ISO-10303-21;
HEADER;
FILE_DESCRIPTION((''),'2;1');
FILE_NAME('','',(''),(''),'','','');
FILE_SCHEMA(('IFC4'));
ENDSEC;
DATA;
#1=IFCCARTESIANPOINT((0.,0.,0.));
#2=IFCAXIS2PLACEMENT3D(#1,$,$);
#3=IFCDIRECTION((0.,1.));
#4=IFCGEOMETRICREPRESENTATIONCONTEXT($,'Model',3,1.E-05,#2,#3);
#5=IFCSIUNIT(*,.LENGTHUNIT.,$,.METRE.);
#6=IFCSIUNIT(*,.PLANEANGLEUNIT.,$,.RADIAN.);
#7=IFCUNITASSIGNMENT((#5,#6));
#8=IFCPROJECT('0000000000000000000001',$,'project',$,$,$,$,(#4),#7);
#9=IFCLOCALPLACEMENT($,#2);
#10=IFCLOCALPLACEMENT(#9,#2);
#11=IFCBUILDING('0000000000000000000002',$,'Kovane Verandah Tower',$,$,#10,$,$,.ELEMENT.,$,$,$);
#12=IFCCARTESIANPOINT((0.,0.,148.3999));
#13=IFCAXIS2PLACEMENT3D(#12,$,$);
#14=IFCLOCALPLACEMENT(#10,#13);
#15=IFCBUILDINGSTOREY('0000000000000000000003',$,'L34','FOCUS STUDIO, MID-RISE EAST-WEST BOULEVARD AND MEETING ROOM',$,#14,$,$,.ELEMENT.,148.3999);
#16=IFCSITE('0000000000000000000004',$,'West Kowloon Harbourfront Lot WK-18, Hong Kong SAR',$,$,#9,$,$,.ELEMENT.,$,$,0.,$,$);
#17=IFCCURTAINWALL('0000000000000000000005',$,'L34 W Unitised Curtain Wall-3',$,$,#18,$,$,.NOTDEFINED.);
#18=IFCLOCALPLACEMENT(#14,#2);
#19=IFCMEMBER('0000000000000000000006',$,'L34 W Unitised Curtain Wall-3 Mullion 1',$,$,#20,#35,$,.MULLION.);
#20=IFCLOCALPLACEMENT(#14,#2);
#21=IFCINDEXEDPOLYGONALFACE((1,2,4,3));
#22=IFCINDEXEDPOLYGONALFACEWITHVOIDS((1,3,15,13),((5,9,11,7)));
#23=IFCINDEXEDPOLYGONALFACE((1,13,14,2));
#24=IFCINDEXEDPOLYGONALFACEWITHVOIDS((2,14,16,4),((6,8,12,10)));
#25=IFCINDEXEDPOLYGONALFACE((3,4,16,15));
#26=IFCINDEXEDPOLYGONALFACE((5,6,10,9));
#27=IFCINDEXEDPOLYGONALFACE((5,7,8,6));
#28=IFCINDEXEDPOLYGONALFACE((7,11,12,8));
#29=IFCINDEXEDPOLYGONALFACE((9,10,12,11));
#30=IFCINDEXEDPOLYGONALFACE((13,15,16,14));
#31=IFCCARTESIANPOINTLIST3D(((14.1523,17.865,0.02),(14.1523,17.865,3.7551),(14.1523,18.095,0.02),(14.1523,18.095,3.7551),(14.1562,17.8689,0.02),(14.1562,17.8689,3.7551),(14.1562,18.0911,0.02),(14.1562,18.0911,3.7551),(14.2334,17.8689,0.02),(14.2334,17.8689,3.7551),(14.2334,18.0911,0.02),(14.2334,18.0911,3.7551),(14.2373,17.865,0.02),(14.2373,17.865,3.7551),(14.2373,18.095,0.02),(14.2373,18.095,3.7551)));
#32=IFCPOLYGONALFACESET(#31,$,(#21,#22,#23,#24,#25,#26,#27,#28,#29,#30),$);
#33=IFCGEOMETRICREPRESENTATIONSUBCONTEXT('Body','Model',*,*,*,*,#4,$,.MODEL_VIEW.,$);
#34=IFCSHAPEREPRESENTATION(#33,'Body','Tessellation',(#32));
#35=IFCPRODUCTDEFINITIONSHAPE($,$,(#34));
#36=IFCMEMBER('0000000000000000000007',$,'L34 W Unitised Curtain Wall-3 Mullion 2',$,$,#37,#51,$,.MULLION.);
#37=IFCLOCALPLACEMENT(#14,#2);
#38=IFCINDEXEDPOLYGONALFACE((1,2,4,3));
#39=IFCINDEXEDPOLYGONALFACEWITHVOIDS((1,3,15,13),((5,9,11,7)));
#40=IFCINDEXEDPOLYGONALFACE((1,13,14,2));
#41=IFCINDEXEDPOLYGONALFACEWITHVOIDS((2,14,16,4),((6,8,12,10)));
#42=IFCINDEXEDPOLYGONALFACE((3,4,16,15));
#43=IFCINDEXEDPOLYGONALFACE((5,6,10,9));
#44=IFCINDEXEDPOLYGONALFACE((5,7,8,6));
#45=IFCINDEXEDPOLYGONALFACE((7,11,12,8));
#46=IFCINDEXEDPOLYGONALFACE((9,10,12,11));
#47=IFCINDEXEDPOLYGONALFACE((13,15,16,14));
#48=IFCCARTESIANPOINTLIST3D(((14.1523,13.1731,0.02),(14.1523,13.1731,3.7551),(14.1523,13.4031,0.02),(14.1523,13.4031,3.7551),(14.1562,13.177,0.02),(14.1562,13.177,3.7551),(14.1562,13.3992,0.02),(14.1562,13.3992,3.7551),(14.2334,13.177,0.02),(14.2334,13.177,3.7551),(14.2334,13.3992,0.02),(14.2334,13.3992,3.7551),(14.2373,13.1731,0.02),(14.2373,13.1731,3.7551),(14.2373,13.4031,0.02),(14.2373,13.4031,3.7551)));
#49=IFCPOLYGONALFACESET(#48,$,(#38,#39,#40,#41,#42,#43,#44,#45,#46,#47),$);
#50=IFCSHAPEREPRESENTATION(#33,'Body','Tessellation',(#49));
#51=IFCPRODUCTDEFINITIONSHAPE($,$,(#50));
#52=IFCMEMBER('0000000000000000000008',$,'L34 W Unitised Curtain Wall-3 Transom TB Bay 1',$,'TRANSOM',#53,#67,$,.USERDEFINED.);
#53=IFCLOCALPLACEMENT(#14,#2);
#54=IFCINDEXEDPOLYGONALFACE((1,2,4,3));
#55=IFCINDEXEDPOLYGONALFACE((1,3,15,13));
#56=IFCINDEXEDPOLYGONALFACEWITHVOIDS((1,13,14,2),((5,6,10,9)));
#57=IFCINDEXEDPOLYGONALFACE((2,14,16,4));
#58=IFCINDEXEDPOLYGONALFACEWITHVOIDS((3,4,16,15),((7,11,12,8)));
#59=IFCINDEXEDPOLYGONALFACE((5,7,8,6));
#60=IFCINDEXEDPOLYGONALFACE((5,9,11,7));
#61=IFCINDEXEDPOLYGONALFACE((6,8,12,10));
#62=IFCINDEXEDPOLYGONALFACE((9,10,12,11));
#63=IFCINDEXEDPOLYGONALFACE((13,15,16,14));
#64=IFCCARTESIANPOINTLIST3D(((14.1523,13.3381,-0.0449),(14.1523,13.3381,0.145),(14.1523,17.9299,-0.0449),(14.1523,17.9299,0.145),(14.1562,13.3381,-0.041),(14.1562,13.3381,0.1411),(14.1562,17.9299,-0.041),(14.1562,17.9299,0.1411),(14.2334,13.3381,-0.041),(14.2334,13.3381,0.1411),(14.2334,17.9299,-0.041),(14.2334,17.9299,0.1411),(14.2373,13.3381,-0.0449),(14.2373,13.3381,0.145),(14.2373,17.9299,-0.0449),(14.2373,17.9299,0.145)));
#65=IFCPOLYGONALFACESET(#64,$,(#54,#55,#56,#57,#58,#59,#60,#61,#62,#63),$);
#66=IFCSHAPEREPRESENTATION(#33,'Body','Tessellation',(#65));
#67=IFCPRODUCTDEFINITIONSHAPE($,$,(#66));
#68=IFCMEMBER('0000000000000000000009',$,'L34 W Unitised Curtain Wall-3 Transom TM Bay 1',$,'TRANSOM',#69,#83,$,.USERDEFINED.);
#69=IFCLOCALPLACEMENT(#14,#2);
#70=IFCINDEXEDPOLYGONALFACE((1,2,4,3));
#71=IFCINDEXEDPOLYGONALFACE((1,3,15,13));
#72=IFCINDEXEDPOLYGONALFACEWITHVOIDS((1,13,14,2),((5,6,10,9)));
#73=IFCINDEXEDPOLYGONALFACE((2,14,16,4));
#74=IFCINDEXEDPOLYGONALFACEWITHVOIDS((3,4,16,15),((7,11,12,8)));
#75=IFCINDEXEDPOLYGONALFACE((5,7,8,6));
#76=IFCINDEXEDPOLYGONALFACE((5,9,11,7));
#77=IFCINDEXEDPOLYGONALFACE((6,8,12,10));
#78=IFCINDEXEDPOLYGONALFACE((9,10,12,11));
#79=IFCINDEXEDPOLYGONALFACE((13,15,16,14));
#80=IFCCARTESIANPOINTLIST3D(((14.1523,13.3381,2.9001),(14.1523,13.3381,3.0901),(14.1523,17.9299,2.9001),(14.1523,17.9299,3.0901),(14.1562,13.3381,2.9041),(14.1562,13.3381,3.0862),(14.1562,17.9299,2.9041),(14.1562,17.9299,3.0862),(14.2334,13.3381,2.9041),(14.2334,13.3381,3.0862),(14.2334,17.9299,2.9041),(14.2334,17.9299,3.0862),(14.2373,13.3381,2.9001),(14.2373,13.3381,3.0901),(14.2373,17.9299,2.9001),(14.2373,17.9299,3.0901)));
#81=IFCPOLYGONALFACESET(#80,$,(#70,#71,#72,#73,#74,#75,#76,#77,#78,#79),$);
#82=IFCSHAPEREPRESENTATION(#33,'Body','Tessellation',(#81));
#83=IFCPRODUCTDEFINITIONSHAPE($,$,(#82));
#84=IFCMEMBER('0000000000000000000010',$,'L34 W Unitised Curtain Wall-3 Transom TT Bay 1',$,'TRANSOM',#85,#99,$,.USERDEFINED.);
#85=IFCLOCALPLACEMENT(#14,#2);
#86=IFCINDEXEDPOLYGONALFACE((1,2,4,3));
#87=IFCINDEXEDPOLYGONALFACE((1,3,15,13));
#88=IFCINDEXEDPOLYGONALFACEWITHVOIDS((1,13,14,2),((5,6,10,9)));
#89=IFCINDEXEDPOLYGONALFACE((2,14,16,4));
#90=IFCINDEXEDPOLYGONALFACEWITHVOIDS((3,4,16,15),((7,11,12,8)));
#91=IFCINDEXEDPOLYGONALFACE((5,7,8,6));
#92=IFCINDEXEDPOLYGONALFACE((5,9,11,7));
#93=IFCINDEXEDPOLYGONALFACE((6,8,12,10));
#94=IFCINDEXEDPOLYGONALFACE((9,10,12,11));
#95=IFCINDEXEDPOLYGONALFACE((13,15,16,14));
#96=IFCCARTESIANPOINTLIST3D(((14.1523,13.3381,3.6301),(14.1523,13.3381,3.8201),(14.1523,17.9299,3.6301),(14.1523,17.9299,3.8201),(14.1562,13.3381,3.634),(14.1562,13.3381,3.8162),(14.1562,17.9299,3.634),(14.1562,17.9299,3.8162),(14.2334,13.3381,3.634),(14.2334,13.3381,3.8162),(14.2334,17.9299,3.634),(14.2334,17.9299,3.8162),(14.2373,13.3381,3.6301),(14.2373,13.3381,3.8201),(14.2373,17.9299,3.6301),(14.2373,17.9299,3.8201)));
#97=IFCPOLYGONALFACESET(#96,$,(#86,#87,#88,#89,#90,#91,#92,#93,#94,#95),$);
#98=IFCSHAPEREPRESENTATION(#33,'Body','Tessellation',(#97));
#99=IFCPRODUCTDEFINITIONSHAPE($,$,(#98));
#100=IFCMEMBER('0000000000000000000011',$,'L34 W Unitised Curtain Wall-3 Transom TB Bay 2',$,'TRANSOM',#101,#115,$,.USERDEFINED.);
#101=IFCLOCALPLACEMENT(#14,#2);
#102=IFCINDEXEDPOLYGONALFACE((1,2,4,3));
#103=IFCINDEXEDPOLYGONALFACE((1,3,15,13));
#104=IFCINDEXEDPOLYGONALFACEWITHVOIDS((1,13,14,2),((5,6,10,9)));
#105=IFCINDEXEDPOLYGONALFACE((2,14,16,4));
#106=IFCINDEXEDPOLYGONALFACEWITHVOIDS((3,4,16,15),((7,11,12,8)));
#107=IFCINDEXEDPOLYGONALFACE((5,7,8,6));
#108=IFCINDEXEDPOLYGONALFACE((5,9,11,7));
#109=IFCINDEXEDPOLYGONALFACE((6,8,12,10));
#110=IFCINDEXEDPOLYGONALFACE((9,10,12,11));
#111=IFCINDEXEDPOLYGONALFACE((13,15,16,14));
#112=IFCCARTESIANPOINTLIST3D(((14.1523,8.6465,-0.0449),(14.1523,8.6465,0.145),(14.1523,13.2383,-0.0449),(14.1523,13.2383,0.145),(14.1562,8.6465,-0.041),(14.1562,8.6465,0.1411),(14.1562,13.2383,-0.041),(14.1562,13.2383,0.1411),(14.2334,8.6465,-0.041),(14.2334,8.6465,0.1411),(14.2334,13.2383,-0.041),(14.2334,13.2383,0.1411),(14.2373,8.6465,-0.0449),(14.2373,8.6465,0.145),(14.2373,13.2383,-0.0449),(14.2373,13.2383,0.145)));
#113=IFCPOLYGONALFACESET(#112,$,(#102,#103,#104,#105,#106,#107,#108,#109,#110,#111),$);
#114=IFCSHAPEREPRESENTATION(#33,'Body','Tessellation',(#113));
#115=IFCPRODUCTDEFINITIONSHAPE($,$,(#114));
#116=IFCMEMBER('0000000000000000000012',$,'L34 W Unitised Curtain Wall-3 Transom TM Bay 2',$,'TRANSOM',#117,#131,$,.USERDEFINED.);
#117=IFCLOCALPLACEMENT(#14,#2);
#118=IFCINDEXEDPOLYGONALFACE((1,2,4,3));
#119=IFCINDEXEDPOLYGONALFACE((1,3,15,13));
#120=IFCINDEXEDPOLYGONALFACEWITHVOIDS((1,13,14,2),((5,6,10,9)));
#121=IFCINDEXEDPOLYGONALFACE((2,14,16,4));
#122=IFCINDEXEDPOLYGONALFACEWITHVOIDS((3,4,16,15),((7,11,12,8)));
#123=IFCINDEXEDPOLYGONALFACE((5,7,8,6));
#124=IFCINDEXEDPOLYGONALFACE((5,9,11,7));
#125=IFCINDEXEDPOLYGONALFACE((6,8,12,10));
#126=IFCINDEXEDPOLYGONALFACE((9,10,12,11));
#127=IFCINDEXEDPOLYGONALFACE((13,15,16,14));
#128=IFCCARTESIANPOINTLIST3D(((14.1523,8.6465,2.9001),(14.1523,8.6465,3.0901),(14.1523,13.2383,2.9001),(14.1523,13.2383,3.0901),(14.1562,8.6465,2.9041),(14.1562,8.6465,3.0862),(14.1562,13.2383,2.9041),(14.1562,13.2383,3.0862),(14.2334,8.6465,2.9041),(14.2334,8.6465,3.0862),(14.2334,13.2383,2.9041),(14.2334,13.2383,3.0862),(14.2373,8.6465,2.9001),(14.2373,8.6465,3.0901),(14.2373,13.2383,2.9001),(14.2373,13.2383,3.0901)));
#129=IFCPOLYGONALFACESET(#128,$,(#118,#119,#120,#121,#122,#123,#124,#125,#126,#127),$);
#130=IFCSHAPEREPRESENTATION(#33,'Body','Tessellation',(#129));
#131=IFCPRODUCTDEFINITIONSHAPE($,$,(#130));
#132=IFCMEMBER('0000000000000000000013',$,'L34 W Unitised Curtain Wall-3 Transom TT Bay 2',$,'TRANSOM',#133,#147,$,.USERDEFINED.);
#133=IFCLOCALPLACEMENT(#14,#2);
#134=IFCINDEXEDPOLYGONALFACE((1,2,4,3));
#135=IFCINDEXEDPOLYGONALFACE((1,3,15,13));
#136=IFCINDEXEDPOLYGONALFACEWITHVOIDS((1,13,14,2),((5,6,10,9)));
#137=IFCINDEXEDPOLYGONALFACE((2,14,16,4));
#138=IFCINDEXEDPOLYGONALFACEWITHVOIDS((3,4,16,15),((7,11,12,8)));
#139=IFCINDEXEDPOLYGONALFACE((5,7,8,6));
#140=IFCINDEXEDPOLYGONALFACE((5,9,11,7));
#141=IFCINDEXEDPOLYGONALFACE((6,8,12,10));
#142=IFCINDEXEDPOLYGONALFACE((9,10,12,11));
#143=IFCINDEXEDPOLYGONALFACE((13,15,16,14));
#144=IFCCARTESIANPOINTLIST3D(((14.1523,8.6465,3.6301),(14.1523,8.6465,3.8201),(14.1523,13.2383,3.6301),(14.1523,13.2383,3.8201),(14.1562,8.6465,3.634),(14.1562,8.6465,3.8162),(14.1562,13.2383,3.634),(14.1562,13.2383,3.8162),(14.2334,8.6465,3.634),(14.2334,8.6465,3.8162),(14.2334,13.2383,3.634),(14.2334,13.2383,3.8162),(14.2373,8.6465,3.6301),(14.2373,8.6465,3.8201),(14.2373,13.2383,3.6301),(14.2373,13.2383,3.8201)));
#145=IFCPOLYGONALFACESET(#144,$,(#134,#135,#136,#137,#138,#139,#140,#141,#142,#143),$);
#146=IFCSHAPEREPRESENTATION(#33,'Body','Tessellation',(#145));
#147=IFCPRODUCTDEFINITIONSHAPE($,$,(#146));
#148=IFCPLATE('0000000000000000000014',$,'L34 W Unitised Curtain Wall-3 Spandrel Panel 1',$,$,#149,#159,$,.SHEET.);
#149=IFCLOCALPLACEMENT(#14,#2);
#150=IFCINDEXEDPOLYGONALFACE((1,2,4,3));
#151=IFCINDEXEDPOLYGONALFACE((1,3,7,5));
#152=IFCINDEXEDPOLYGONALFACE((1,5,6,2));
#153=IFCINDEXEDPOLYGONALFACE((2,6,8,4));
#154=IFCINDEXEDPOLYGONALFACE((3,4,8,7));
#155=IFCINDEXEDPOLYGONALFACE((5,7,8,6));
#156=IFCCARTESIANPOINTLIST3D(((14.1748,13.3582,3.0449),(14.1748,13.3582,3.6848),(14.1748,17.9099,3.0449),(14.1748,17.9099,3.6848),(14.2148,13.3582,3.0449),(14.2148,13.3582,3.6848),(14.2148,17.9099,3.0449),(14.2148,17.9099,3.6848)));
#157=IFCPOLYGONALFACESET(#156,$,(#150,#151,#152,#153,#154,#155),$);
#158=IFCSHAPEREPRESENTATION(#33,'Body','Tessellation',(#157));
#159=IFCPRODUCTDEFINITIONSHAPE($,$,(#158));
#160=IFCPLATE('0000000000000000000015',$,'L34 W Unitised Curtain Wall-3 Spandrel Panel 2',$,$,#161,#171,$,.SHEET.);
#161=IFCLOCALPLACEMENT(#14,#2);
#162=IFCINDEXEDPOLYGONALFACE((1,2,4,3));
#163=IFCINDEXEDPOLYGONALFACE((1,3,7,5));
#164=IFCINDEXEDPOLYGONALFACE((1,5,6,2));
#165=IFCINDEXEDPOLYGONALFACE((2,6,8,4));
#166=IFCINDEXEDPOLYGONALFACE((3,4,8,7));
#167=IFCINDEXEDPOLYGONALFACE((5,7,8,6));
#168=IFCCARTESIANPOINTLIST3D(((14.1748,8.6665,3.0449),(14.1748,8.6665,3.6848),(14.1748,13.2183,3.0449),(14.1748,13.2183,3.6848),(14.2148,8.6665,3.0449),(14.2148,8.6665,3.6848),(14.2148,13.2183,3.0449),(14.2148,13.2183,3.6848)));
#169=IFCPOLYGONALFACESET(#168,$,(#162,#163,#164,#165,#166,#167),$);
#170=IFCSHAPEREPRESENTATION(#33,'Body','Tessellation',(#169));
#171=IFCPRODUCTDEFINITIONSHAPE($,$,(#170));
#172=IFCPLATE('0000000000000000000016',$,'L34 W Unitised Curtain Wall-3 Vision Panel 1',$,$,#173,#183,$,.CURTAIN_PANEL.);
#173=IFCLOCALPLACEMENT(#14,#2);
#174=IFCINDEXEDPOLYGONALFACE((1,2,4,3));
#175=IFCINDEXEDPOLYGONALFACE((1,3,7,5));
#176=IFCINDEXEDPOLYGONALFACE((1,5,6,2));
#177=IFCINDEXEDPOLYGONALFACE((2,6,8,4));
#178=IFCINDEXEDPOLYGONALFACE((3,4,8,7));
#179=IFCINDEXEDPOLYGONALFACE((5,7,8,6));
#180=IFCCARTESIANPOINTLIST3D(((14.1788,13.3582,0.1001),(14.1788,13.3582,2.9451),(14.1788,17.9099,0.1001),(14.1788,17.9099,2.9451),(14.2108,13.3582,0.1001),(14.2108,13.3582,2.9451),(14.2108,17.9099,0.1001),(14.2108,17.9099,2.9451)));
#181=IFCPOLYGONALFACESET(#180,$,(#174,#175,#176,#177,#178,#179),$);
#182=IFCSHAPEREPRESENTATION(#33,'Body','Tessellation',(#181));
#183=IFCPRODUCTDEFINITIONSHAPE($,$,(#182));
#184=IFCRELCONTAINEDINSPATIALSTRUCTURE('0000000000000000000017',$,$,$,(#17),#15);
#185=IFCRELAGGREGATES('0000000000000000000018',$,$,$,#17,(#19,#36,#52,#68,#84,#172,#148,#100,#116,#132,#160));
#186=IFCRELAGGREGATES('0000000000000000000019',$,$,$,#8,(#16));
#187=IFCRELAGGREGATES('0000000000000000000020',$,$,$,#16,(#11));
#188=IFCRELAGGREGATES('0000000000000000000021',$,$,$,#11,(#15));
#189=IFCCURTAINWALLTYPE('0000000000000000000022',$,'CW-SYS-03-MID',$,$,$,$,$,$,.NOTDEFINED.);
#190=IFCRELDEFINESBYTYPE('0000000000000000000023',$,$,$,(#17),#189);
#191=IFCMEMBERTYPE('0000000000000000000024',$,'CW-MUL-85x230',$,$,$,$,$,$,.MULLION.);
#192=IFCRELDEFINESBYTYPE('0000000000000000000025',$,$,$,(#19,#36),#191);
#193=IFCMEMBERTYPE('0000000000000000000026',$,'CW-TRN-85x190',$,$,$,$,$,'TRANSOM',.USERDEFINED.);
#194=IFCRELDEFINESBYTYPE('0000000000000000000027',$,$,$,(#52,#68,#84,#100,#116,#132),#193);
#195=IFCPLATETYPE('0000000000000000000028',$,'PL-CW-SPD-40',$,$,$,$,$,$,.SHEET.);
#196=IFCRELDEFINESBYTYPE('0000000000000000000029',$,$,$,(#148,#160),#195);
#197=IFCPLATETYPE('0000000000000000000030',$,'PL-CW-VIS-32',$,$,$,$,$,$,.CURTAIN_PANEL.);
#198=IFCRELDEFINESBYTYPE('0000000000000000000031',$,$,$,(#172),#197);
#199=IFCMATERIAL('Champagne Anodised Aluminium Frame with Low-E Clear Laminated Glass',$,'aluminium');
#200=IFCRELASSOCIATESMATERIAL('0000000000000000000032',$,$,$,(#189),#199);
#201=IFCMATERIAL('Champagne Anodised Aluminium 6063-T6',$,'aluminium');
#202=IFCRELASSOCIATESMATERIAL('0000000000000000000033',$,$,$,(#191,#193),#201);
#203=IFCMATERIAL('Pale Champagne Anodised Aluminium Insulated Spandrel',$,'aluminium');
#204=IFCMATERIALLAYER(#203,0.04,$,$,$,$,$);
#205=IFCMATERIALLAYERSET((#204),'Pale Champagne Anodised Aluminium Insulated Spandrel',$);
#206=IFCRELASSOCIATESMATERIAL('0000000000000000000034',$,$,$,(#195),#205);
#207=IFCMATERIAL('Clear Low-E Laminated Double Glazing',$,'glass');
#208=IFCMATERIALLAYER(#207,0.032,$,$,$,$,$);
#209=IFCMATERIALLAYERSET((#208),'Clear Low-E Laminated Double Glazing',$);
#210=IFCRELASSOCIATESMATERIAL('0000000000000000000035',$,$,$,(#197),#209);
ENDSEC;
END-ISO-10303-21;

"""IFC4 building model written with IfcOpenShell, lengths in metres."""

from ifc_helpers import new_model, si_unit, direction, frame, origin, origin_2d, place, context, subcontext, project, spatial, rectangle, hollow_rectangle, extrude, material, layer, layer_set, material_profile, profile_set, type_object, element, aggregate, save


model = new_model("IFC4")

# Units and contexts
model_context = context("Model", 3, precision=1e-05, world=origin(), true_north=direction((0.0, 1.0)))
body_context = subcontext(model_context, "Body", "Model", "MODEL_VIEW")
ifc_project = project(units=[si_unit("LENGTHUNIT", "METRE"), si_unit("PLANEANGLEUNIT", "RADIAN")], contexts=[model_context])

# Site, building, storey
site_placement = place(None, origin())
site = spatial("IfcSite", under=ifc_project, at=site_placement, Name="West Kowloon Harbourfront Lot WK-18, Hong Kong SAR", CompositionType="ELEMENT", RefElevation=0.0)
building_placement = place(site_placement, origin())
building = spatial("IfcBuilding", under=site, at=building_placement, Name="Kovane Verandah Tower", CompositionType="ELEMENT")
storey_placement = place(building_placement, frame((0.0, 0.0, 148.3999)))
storey = spatial("IfcBuildingStorey", under=building, at=storey_placement, Name="L34", Description="FOCUS STUDIO, MID-RISE EAST-WEST BOULEVARD AND MEETING ROOM", CompositionType="ELEMENT", Elevation=148.3999)

# Shared definitions
ifc_material_1 = material(Name="Champagne Anodised Aluminium Frame with Low-E Clear Laminated Glass", Category="aluminium")
curtain_wall_type = type_object("IfcCurtainWallType", Name="CW-SYS-03-MID", PredefinedType="NOTDEFINED", material=ifc_material_1)
ifc_material_2 = material(Name="Champagne Anodised Aluminium 6063-T6", Category="aluminium")
ifc_material_profile_1 = material_profile(ifc_material_2, hollow_rectangle(XDim=0.085, YDim=0.23, WallThickness=0.0039, at=origin_2d()), Name="AL85x230x4")
ifc_profile_set_1 = profile_set([ifc_material_profile_1], Name="Champagne Anodised Aluminium 6063-T6")
member_type_1 = type_object("IfcMemberType", Name="CW-MUL-85x230", PredefinedType="MULLION", material=ifc_profile_set_1)

# Curtain wall, members, plates
curtain_wall_1_placement = place(storey_placement, origin())
curtain_wall_1 = element("IfcCurtainWall", 1, at=curtain_wall_1_placement, inside=storey, type_object=curtain_wall_type, Name="L34 W Unitised Curtain Wall-3", PredefinedType="NOTDEFINED")
member_1_placement = place(storey_placement, frame((14.1948, 17.98, 0.02), z_axis=(0.0, 0.0, 1.0), x_axis=(-1.0, 0.0, 0.0)))
member_1 = element("IfcMember", 2, at=member_1_placement, type_object=member_type_1, Name="L34 W Unitised Curtain Wall-3 Mullion 1", PredefinedType="MULLION", context=body_context, shape_type="SweptSolid", body=[
    extrude(hollow_rectangle(XDim=0.085, YDim=0.23, WallThickness=0.0039, at=origin_2d()), origin(), (0.0, 0.0, 1.0), 3.7351),
])
member_2_placement = place(storey_placement, frame((14.1948, 13.2881, 0.02), z_axis=(0.0, 0.0, 1.0), x_axis=(-1.0, 0.0, 0.0)))
member_2 = element("IfcMember", 3, at=member_2_placement, type_object=member_type_1, Name="L34 W Unitised Curtain Wall-3 Mullion 2", PredefinedType="MULLION", context=body_context, shape_type="SweptSolid", body=[
    extrude(hollow_rectangle(XDim=0.085, YDim=0.23, WallThickness=0.0039, at=origin_2d()), origin(), (0.0, 0.0, 1.0), 3.7351),
])
ifc_material_profile_2 = material_profile(ifc_material_2, hollow_rectangle(XDim=0.085, YDim=0.1899, WallThickness=0.0039, at=origin_2d()), Name="AL85x190x4")
ifc_profile_set_2 = profile_set([ifc_material_profile_2], Name="Champagne Anodised Aluminium 6063-T6")
member_type_2 = type_object("IfcMemberType", Name="CW-TRN-85x190", ElementType="TRANSOM", PredefinedType="USERDEFINED", material=ifc_profile_set_2)
member_3_placement = place(storey_placement, frame((14.1948, 17.9299, 0.05), z_axis=(0.0, -1.0, 0.0), x_axis=(1.0, 0.0, 0.0)))
member_3 = element("IfcMember", 4, at=member_3_placement, type_object=member_type_2, Name="L34 W Unitised Curtain Wall-3 Transom TB Bay 1", ObjectType="TRANSOM", PredefinedType="USERDEFINED", context=body_context, shape_type="SweptSolid", body=[
    extrude(hollow_rectangle(XDim=0.085, YDim=0.1899, WallThickness=0.0039, at=origin_2d()), origin(), (0.0, 0.0, 1.0), 4.5918),
])
member_4_placement = place(storey_placement, frame((14.1948, 17.9299, 2.9951), z_axis=(0.0, -1.0, 0.0), x_axis=(1.0, 0.0, 0.0)))
member_4 = element("IfcMember", 5, at=member_4_placement, type_object=member_type_2, Name="L34 W Unitised Curtain Wall-3 Transom TM Bay 1", ObjectType="TRANSOM", PredefinedType="USERDEFINED", context=body_context, shape_type="SweptSolid", body=[
    extrude(hollow_rectangle(XDim=0.085, YDim=0.1899, WallThickness=0.0039, at=origin_2d()), origin(), (0.0, 0.0, 1.0), 4.5918),
])
member_5_placement = place(storey_placement, frame((14.1948, 17.9299, 3.7251), z_axis=(0.0, -1.0, 0.0), x_axis=(1.0, 0.0, 0.0)))
member_5 = element("IfcMember", 6, at=member_5_placement, type_object=member_type_2, Name="L34 W Unitised Curtain Wall-3 Transom TT Bay 1", ObjectType="TRANSOM", PredefinedType="USERDEFINED", context=body_context, shape_type="SweptSolid", body=[
    extrude(hollow_rectangle(XDim=0.085, YDim=0.1899, WallThickness=0.0039, at=origin_2d()), origin(), (0.0, 0.0, 1.0), 4.5918),
])
member_6_placement = place(storey_placement, frame((14.1948, 13.2383, 0.05), z_axis=(0.0, -1.0, 0.0), x_axis=(1.0, 0.0, 0.0)))
member_6 = element("IfcMember", 7, at=member_6_placement, type_object=member_type_2, Name="L34 W Unitised Curtain Wall-3 Transom TB Bay 2", ObjectType="TRANSOM", PredefinedType="USERDEFINED", context=body_context, shape_type="SweptSolid", body=[
    extrude(hollow_rectangle(XDim=0.085, YDim=0.1899, WallThickness=0.0039, at=origin_2d()), origin(), (0.0, 0.0, 1.0), 4.5918),
])
member_7_placement = place(storey_placement, frame((14.1948, 13.2383, 2.9951), z_axis=(0.0, -1.0, 0.0), x_axis=(1.0, 0.0, 0.0)))
member_7 = element("IfcMember", 8, at=member_7_placement, type_object=member_type_2, Name="L34 W Unitised Curtain Wall-3 Transom TM Bay 2", ObjectType="TRANSOM", PredefinedType="USERDEFINED", context=body_context, shape_type="SweptSolid", body=[
    extrude(hollow_rectangle(XDim=0.085, YDim=0.1899, WallThickness=0.0039, at=origin_2d()), origin(), (0.0, 0.0, 1.0), 4.5918),
])
member_8_placement = place(storey_placement, frame((14.1948, 13.2383, 3.7251), z_axis=(0.0, -1.0, 0.0), x_axis=(1.0, 0.0, 0.0)))
member_8 = element("IfcMember", 9, at=member_8_placement, type_object=member_type_2, Name="L34 W Unitised Curtain Wall-3 Transom TT Bay 2", ObjectType="TRANSOM", PredefinedType="USERDEFINED", context=body_context, shape_type="SweptSolid", body=[
    extrude(hollow_rectangle(XDim=0.085, YDim=0.1899, WallThickness=0.0039, at=origin_2d()), origin(), (0.0, 0.0, 1.0), 4.5918),
])
ifc_material_3 = material(Name="Pale Champagne Anodised Aluminium Insulated Spandrel", Category="aluminium")
ifc_layer_1 = layer(ifc_material_3, 0.04)
ifc_layer_set_1 = layer_set([ifc_layer_1], Name="Pale Champagne Anodised Aluminium Insulated Spandrel")
plate_type_1 = type_object("IfcPlateType", Name="PL-CW-SPD-40", PredefinedType="SHEET", material=ifc_layer_set_1)
plate_1_placement = place(storey_placement, frame((14.1948, 15.634, 3.0449), z_axis=(0.0, 0.0, 1.0), x_axis=(0.0, -1.0, 0.0)))
plate_1 = element("IfcPlate", 10, at=plate_1_placement, type_object=plate_type_1, Name="L34 W Unitised Curtain Wall-3 Spandrel Panel 1", PredefinedType="SHEET", context=body_context, shape_type="SweptSolid", body=[
    extrude(rectangle(XDim=4.5518, YDim=0.04, at=origin_2d()), origin(), (0.0, 0.0, 1.0), 0.6399),
])
plate_2_placement = place(storey_placement, frame((14.1948, 10.9424, 3.0449), z_axis=(0.0, 0.0, 1.0), x_axis=(0.0, -1.0, 0.0)))
plate_2 = element("IfcPlate", 11, at=plate_2_placement, type_object=plate_type_1, Name="L34 W Unitised Curtain Wall-3 Spandrel Panel 2", PredefinedType="SHEET", context=body_context, shape_type="SweptSolid", body=[
    extrude(rectangle(XDim=4.5518, YDim=0.04, at=origin_2d()), origin(), (0.0, 0.0, 1.0), 0.6399),
])
ifc_material_4 = material(Name="Clear Low-E Laminated Double Glazing", Category="glass")
ifc_layer_2 = layer(ifc_material_4, 0.032)
ifc_layer_set_2 = layer_set([ifc_layer_2], Name="Clear Low-E Laminated Double Glazing")
plate_type_2 = type_object("IfcPlateType", Name="PL-CW-VIS-32", PredefinedType="CURTAIN_PANEL", material=ifc_layer_set_2)
plate_3_placement = place(storey_placement, frame((14.1948, 15.634, 0.1001), z_axis=(0.0, 0.0, 1.0), x_axis=(0.0, -1.0, 0.0)))
plate_3 = element("IfcPlate", 12, at=plate_3_placement, type_object=plate_type_2, Name="L34 W Unitised Curtain Wall-3 Vision Panel 1", PredefinedType="CURTAIN_PANEL", context=body_context, shape_type="SweptSolid", body=[
    extrude(rectangle(XDim=4.5518, YDim=0.032, at=origin_2d()), origin(), (0.0, 0.0, 1.0), 2.845),
])
aggregate(curtain_wall_1, [member_1, member_2, member_3, member_4, member_5, plate_3, plate_1, member_6, member_7, member_8, plate_2])

save(model, "model.ifc")
